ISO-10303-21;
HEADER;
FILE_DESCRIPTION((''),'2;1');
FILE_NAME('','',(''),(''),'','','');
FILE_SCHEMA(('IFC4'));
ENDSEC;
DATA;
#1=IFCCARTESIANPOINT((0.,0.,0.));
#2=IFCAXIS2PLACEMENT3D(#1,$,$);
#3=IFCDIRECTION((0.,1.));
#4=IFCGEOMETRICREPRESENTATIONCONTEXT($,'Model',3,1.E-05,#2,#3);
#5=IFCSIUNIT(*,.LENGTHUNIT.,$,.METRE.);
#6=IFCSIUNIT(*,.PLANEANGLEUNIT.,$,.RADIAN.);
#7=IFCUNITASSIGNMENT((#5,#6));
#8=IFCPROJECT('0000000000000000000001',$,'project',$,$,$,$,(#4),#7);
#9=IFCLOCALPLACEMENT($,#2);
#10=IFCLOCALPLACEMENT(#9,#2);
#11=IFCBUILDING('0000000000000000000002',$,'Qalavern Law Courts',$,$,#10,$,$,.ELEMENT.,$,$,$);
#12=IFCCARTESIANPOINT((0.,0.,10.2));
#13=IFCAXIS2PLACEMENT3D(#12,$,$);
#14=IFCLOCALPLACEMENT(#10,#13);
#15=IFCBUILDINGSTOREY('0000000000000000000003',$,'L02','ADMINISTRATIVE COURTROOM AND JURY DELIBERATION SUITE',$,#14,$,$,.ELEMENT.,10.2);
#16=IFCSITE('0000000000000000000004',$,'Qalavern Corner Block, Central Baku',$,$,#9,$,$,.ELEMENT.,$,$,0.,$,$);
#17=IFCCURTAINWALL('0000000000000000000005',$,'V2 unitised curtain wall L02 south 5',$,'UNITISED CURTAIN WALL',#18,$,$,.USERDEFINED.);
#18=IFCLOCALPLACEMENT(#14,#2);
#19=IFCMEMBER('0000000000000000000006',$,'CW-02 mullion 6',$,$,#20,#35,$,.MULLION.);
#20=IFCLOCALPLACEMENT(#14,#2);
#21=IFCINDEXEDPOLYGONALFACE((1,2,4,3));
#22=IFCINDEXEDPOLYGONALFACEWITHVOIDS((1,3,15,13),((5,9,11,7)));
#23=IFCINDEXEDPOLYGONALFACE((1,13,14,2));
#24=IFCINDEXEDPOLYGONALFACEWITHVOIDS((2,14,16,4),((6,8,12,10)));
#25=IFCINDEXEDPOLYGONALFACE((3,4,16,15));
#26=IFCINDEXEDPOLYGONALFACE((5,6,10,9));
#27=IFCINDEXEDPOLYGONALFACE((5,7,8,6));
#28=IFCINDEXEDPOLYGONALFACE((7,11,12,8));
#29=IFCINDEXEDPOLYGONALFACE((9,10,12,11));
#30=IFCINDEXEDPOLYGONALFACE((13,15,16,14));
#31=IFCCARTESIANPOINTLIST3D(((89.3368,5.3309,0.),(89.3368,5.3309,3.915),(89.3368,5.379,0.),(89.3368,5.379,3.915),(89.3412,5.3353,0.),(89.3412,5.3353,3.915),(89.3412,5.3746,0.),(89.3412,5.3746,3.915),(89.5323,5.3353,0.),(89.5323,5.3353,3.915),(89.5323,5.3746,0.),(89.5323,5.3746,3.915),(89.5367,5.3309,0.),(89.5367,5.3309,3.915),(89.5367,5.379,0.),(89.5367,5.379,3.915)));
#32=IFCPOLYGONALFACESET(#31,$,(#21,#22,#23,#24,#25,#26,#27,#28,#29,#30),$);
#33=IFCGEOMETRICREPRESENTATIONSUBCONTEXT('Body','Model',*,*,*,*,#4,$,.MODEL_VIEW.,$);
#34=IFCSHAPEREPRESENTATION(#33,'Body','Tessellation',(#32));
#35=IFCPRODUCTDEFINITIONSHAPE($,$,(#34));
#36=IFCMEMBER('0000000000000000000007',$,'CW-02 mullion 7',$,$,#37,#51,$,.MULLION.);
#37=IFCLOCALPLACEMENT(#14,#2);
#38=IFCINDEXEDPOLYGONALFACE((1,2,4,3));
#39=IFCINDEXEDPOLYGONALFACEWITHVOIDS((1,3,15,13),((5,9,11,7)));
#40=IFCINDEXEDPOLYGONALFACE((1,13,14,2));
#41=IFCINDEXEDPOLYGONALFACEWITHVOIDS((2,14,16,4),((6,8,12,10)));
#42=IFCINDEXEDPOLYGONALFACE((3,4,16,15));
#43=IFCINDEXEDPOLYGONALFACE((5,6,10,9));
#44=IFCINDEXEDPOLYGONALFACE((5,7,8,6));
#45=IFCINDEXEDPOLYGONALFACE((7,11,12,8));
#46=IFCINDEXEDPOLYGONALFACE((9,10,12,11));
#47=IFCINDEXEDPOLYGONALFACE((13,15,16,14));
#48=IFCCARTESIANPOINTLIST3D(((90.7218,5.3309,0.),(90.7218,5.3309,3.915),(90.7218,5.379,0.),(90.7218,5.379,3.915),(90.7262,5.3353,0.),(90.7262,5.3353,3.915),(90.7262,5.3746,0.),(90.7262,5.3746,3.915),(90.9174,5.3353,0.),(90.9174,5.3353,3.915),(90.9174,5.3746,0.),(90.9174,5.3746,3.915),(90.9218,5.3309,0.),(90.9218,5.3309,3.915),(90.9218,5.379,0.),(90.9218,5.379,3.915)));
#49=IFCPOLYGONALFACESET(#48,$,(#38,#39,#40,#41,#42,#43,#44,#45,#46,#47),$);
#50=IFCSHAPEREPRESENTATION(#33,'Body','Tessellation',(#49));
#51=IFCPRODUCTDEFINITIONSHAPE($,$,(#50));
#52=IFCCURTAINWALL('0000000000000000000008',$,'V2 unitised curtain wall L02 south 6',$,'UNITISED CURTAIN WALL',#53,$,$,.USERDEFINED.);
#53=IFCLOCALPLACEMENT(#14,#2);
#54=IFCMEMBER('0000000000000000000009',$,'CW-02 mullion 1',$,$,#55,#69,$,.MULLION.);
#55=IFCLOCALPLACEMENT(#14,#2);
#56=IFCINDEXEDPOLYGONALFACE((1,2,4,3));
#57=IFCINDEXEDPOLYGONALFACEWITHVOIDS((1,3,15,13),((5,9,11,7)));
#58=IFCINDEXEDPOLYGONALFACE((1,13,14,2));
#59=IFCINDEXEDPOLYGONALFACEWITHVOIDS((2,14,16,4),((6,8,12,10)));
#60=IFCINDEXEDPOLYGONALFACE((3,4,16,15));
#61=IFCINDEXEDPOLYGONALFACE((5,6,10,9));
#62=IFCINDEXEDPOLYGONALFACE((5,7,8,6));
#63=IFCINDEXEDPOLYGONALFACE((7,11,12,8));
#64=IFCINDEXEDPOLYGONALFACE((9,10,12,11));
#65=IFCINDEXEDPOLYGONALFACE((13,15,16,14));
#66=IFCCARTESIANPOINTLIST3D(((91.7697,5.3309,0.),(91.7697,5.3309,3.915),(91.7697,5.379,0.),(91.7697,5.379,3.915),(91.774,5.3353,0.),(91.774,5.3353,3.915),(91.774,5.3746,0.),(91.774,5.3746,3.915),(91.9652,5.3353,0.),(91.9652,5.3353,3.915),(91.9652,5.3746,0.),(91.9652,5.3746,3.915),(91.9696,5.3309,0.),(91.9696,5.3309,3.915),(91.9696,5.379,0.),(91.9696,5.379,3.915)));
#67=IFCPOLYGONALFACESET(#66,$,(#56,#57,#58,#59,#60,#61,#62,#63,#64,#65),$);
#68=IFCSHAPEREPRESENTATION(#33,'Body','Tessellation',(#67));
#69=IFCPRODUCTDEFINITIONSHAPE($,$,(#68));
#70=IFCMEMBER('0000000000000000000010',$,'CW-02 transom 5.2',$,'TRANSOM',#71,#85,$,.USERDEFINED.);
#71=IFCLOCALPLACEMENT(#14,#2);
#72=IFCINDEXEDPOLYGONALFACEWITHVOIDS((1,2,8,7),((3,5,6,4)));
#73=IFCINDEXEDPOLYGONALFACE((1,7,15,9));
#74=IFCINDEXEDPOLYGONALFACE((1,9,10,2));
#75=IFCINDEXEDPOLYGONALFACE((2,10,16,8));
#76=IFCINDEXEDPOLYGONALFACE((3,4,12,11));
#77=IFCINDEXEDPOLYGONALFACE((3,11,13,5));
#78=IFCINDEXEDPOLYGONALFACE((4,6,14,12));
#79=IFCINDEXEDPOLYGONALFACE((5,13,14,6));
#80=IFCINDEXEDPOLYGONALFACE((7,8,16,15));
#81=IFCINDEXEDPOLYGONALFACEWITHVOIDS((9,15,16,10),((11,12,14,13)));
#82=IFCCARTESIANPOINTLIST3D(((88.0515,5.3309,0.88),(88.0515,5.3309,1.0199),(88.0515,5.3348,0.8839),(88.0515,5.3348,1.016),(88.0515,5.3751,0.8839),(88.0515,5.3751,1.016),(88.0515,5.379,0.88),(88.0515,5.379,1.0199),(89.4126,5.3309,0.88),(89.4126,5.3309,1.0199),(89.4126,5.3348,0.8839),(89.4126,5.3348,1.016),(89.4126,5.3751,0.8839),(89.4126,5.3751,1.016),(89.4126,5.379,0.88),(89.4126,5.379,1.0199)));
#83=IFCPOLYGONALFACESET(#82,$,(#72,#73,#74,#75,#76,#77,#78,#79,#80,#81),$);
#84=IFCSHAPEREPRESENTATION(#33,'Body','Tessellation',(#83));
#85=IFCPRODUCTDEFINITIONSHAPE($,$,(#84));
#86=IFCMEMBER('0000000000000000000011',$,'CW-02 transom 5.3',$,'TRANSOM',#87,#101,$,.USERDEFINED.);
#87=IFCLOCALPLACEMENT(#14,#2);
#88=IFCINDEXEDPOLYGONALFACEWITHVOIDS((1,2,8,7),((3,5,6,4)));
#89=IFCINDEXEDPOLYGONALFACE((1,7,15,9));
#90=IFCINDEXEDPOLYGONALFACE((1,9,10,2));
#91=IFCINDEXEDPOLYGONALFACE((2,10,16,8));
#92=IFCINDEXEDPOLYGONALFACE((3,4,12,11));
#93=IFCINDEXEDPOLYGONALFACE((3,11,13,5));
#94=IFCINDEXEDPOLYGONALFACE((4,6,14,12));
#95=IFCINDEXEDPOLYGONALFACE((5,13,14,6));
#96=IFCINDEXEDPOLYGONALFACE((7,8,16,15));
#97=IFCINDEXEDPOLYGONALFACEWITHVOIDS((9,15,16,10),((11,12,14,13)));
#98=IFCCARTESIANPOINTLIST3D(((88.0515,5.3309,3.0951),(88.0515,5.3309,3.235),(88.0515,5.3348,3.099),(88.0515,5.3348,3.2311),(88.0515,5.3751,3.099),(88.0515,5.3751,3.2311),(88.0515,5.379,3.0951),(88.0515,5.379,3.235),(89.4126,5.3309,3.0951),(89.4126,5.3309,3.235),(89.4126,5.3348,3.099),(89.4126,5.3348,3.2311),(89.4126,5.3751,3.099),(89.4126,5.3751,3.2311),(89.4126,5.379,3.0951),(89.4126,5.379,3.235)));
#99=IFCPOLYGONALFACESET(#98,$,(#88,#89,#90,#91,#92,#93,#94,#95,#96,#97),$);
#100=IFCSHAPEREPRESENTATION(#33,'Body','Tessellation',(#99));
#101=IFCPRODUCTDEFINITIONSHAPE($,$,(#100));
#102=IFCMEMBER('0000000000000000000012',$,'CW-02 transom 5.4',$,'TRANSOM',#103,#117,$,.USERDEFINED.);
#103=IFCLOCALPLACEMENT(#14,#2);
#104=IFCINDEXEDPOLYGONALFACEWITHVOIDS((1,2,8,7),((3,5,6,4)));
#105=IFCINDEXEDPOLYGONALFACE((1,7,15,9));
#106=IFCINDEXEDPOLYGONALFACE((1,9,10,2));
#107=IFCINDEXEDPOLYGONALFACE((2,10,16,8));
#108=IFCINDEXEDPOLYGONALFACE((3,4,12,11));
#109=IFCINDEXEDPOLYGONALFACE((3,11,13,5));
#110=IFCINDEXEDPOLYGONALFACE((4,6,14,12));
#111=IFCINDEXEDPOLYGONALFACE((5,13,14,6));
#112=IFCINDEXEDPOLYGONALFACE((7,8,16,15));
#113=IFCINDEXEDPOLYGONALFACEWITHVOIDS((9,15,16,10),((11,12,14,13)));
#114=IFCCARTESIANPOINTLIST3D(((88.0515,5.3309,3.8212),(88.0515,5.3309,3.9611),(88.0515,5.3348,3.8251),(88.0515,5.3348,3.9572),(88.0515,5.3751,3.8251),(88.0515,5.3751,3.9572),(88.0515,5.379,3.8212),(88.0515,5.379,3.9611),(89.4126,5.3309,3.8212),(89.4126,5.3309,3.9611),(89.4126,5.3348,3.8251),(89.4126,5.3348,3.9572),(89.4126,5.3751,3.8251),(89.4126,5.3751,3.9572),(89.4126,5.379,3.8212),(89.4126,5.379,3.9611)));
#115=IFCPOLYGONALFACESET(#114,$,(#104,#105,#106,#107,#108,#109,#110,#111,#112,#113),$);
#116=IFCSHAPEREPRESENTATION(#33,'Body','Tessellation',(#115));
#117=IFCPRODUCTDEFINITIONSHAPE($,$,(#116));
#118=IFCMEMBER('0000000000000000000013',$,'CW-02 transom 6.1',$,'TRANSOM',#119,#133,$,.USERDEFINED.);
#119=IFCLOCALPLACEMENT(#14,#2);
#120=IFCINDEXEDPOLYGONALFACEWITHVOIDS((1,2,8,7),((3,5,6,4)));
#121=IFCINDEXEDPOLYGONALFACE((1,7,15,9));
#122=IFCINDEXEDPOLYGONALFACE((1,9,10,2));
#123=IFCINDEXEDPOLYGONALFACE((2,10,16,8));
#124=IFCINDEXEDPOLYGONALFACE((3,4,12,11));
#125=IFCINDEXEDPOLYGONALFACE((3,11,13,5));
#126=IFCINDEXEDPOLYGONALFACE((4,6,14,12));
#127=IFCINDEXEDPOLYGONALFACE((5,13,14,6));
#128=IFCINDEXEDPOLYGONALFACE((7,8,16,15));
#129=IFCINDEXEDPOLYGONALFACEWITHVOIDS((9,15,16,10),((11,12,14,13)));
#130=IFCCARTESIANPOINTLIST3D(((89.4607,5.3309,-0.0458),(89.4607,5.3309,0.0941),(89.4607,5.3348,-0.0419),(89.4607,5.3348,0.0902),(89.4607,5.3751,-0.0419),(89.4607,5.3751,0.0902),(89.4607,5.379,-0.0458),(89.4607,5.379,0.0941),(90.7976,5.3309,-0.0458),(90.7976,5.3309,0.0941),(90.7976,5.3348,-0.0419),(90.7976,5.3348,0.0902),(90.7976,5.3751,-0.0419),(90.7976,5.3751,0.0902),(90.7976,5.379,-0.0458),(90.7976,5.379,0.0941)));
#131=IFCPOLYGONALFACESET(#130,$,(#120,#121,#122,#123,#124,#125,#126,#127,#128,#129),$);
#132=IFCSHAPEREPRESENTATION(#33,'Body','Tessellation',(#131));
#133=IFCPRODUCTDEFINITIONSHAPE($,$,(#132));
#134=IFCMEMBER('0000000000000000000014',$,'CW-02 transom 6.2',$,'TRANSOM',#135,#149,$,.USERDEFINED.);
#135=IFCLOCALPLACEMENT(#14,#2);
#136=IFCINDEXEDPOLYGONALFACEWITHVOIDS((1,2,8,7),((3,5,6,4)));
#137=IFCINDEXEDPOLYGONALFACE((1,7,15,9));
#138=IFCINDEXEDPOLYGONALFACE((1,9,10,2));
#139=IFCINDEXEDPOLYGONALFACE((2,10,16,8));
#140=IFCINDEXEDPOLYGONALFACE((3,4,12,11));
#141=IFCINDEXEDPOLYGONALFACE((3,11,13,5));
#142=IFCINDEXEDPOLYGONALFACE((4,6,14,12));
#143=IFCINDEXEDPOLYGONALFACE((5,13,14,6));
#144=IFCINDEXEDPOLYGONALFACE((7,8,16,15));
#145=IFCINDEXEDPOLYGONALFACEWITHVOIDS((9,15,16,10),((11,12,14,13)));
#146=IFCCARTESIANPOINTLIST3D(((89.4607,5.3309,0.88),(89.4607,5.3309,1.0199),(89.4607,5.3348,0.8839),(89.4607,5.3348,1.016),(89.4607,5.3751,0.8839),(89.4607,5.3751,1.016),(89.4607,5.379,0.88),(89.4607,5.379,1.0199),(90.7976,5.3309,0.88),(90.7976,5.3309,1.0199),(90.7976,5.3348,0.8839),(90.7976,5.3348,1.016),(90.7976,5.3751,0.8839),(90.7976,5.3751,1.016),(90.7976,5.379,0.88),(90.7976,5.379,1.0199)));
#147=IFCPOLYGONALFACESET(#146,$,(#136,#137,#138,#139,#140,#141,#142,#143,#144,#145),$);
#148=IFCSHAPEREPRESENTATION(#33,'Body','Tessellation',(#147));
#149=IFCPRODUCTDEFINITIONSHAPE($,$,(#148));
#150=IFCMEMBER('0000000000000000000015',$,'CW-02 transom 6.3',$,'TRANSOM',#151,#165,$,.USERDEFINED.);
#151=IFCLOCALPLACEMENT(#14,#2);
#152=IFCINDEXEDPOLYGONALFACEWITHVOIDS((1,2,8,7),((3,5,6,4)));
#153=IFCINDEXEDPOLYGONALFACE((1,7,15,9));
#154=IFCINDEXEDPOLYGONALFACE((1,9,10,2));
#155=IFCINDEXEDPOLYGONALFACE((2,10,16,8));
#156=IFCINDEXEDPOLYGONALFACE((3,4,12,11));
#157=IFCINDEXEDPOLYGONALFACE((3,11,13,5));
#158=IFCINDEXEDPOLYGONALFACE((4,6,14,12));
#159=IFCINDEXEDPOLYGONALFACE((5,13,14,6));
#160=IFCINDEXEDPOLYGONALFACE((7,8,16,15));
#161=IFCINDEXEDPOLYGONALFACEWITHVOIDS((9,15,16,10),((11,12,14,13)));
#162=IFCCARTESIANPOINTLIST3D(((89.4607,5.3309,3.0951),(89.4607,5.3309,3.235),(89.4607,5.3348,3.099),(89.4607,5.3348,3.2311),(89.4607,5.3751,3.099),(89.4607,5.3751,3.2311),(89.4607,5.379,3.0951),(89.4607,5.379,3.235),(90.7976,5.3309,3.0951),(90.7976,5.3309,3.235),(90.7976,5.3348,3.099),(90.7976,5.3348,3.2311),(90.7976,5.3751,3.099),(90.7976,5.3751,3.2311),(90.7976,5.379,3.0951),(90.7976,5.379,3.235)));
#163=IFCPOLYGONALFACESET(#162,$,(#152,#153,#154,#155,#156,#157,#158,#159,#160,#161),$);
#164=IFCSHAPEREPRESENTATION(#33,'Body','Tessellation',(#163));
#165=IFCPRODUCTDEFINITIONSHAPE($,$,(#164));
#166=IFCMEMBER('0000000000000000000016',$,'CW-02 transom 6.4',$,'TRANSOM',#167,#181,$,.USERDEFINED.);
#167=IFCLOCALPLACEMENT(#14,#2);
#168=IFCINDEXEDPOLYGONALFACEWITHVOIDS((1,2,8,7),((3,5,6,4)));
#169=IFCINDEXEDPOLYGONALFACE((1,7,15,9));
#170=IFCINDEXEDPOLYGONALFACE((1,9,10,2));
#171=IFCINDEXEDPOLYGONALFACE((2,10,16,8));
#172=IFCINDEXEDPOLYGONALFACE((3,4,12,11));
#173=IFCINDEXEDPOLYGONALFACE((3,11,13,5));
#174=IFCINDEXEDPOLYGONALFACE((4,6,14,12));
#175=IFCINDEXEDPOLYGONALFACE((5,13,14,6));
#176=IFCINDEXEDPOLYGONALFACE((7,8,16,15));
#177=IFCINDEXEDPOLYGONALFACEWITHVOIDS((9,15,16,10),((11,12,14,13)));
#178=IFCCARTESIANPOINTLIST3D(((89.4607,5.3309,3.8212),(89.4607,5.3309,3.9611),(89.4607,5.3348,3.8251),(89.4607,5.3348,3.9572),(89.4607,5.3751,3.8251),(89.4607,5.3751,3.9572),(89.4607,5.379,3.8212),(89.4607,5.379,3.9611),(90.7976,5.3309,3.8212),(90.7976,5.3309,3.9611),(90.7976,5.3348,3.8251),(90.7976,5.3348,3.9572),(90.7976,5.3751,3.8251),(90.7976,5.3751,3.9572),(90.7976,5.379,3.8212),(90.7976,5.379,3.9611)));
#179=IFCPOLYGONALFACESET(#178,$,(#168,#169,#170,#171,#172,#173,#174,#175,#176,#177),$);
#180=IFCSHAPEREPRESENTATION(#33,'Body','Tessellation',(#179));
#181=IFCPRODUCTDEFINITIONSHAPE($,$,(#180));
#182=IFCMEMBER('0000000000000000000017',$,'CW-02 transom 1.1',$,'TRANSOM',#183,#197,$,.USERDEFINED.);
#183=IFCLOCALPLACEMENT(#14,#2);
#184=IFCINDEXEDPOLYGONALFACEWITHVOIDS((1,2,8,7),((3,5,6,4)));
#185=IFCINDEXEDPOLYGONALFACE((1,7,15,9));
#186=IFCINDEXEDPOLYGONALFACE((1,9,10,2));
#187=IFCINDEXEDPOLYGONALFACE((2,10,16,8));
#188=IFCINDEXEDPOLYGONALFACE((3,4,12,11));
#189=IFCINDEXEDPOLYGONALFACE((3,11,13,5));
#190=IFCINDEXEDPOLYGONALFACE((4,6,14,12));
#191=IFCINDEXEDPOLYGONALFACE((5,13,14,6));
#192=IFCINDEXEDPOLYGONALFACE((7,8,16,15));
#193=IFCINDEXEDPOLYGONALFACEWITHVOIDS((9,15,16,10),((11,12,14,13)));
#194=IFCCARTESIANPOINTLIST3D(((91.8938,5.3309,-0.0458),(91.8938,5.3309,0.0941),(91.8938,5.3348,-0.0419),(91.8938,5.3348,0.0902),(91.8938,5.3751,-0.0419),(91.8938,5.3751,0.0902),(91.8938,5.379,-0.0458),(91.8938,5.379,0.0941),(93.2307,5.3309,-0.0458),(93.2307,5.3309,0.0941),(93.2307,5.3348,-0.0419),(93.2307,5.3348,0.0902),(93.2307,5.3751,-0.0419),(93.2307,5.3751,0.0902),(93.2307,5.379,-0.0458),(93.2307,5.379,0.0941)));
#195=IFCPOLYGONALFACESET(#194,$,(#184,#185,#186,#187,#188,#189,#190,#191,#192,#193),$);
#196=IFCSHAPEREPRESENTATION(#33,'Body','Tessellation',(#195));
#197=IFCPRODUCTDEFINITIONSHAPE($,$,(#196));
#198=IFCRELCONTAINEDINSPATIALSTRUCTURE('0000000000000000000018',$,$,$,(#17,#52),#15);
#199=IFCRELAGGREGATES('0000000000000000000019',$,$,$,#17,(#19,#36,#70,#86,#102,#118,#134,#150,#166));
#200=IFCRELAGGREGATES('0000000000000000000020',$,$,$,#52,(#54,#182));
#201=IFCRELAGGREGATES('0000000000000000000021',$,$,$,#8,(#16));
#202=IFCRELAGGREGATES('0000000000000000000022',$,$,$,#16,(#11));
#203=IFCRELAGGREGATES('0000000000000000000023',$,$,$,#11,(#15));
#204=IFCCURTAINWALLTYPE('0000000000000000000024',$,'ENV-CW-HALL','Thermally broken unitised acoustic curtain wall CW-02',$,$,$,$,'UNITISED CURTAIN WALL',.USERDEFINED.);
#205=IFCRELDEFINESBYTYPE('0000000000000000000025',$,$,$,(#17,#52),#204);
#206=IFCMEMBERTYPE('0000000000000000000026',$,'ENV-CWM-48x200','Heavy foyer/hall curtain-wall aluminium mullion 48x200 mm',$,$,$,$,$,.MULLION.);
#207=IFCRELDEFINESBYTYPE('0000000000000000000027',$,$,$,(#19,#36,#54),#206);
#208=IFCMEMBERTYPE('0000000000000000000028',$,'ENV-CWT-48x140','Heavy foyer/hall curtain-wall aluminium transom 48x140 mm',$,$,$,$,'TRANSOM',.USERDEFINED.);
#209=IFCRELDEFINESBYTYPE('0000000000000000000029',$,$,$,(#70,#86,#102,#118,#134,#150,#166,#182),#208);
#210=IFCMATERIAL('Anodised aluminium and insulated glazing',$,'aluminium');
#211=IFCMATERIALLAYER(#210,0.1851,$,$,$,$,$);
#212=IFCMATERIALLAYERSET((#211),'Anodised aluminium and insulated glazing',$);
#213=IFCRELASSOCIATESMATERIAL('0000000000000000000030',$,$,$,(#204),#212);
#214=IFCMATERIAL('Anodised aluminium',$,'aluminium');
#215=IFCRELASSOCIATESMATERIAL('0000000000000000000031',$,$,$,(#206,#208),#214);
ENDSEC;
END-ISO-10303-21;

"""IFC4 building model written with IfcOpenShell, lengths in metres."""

from ifc_helpers import new_model, si_unit, direction, frame, origin, origin_2d, place, context, subcontext, project, spatial, hollow_rectangle, extrude, material, layer, layer_set, material_profile, profile_set, type_object, element, aggregate, save


model = new_model("IFC4")

# Units and contexts
model_context = context("Model", 3, precision=1e-05, world=origin(), true_north=direction((0.0, 1.0)))
body_context = subcontext(model_context, "Body", "Model", "MODEL_VIEW")
ifc_project = project(units=[si_unit("LENGTHUNIT", "METRE"), si_unit("PLANEANGLEUNIT", "RADIAN")], contexts=[model_context])

# Site, building, storey
site_placement = place(None, origin())
site = spatial("IfcSite", under=ifc_project, at=site_placement, Name="Qalavern Corner Block, Central Baku", CompositionType="ELEMENT", RefElevation=0.0)
building_placement = place(site_placement, origin())
building = spatial("IfcBuilding", under=site, at=building_placement, Name="Qalavern Law Courts", CompositionType="ELEMENT")
storey_placement = place(building_placement, frame((0.0, 0.0, 10.2)))
storey = spatial("IfcBuildingStorey", under=building, at=storey_placement, Name="L02", Description="ADMINISTRATIVE COURTROOM AND JURY DELIBERATION SUITE", CompositionType="ELEMENT", Elevation=10.2)

# Curtain wall, members
ifc_material_1 = material(Name="Anodised aluminium and insulated glazing", Category="aluminium")
ifc_layer_1 = layer(ifc_material_1, 0.1851)
ifc_layer_set_1 = layer_set([ifc_layer_1], Name="Anodised aluminium and insulated glazing")
curtain_wall_type = type_object("IfcCurtainWallType", Name="ENV-CW-HALL", Description="Thermally broken unitised acoustic curtain wall CW-02", ElementType="UNITISED CURTAIN WALL", PredefinedType="USERDEFINED", material=ifc_layer_set_1)
curtain_wall_1_placement = place(storey_placement, origin())
curtain_wall_1 = element("IfcCurtainWall", 1, at=curtain_wall_1_placement, inside=storey, type_object=curtain_wall_type, Name="V2 unitised curtain wall L02 south 5", ObjectType="UNITISED CURTAIN WALL", PredefinedType="USERDEFINED")
ifc_material_2 = material(Name="Anodised aluminium", Category="aluminium")
ifc_material_profile_1 = material_profile(ifc_material_2, hollow_rectangle(XDim=0.0481, YDim=0.2, WallThickness=0.0044, at=origin_2d()), Name="ALU MULLION 48x200")
ifc_profile_set_1 = profile_set([ifc_material_profile_1], Name="Anodised aluminium")
member_type_1 = type_object("IfcMemberType", Name="ENV-CWM-48x200", Description="Heavy foyer/hall curtain-wall aluminium mullion 48x200 mm", PredefinedType="MULLION", material=ifc_profile_set_1)
member_1_placement = place(storey_placement, frame((89.4368, 5.355, 0.0), z_axis=(0.0, 0.0, 1.0), x_axis=(0.0, 1.0, 0.0)))
member_1 = element("IfcMember", 2, at=member_1_placement, type_object=member_type_1, Name="CW-02 mullion 6", PredefinedType="MULLION", context=body_context, shape_type="SweptSolid", body=[
    extrude(hollow_rectangle(XDim=0.0481, YDim=0.2, WallThickness=0.0044, at=origin_2d()), origin(), (0.0, 0.0, 1.0), 3.915),
])
member_2_placement = place(storey_placement, frame((90.8218, 5.355, 0.0), z_axis=(0.0, 0.0, 1.0), x_axis=(0.0, 1.0, 0.0)))
member_2 = element("IfcMember", 3, at=member_2_placement, type_object=member_type_1, Name="CW-02 mullion 7", PredefinedType="MULLION", context=body_context, shape_type="SweptSolid", body=[
    extrude(hollow_rectangle(XDim=0.0481, YDim=0.2, WallThickness=0.0044, at=origin_2d()), origin(), (0.0, 0.0, 1.0), 3.915),
])

# Curtain wall, member
curtain_wall_2_placement = place(storey_placement, origin())
curtain_wall_2 = element("IfcCurtainWall", 4, at=curtain_wall_2_placement, inside=storey, type_object=curtain_wall_type, Name="V2 unitised curtain wall L02 south 6", ObjectType="UNITISED CURTAIN WALL", PredefinedType="USERDEFINED")
member_3_placement = place(storey_placement, frame((91.8696, 5.355, 0.0), z_axis=(0.0, 0.0, 1.0), x_axis=(0.0, 1.0, 0.0)))
member_3 = element("IfcMember", 5, at=member_3_placement, type_object=member_type_1, Name="CW-02 mullion 1", PredefinedType="MULLION", context=body_context, shape_type="SweptSolid", body=[
    extrude(hollow_rectangle(XDim=0.0481, YDim=0.2, WallThickness=0.0044, at=origin_2d()), origin(), (0.0, 0.0, 1.0), 3.915),
])

# Members
ifc_material_profile_2 = material_profile(ifc_material_2, hollow_rectangle(XDim=0.0481, YDim=0.1399, WallThickness=0.0039, at=origin_2d()), Name="ALU TRANSOM 48x140")
ifc_profile_set_2 = profile_set([ifc_material_profile_2], Name="Anodised aluminium")
member_type_2 = type_object("IfcMemberType", Name="ENV-CWT-48x140", Description="Heavy foyer/hall curtain-wall aluminium transom 48x140 mm", ElementType="TRANSOM", PredefinedType="USERDEFINED", material=ifc_profile_set_2)
member_4_placement = place(storey_placement, frame((88.0515, 5.355, 0.95), z_axis=(1.0, 0.0, 0.0), x_axis=(0.0, 1.0, 0.0)))
member_4 = element("IfcMember", 6, at=member_4_placement, type_object=member_type_2, Name="CW-02 transom 5.2", ObjectType="TRANSOM", PredefinedType="USERDEFINED", context=body_context, shape_type="SweptSolid", body=[
    extrude(hollow_rectangle(XDim=0.0481, YDim=0.1399, WallThickness=0.0039, at=origin_2d()), origin(), (0.0, 0.0, 1.0), 1.3611),
])
member_5_placement = place(storey_placement, frame((88.0515, 5.355, 3.165), z_axis=(1.0, 0.0, 0.0), x_axis=(0.0, 1.0, 0.0)))
member_5 = element("IfcMember", 7, at=member_5_placement, type_object=member_type_2, Name="CW-02 transom 5.3", ObjectType="TRANSOM", PredefinedType="USERDEFINED", context=body_context, shape_type="SweptSolid", body=[
    extrude(hollow_rectangle(XDim=0.0481, YDim=0.1399, WallThickness=0.0039, at=origin_2d()), origin(), (0.0, 0.0, 1.0), 1.3611),
])
member_6_placement = place(storey_placement, frame((88.0515, 5.355, 3.8911), z_axis=(1.0, 0.0, 0.0), x_axis=(0.0, 1.0, 0.0)))
member_6 = element("IfcMember", 8, at=member_6_placement, type_object=member_type_2, Name="CW-02 transom 5.4", ObjectType="TRANSOM", PredefinedType="USERDEFINED", context=body_context, shape_type="SweptSolid", body=[
    extrude(hollow_rectangle(XDim=0.0481, YDim=0.1399, WallThickness=0.0039, at=origin_2d()), origin(), (0.0, 0.0, 1.0), 1.3611),
])
member_7_placement = place(storey_placement, frame((89.4607, 5.355, 0.0242), z_axis=(1.0, 0.0, 0.0), x_axis=(0.0, 1.0, 0.0)))
member_7 = element("IfcMember", 9, at=member_7_placement, type_object=member_type_2, Name="CW-02 transom 6.1", ObjectType="TRANSOM", PredefinedType="USERDEFINED", context=body_context, shape_type="SweptSolid", body=[
    extrude(hollow_rectangle(XDim=0.0481, YDim=0.1399, WallThickness=0.0039, at=origin_2d()), origin(), (0.0, 0.0, 1.0), 1.3369),
])
member_8_placement = place(storey_placement, frame((89.4607, 5.355, 0.95), z_axis=(1.0, 0.0, 0.0), x_axis=(0.0, 1.0, 0.0)))
member_8 = element("IfcMember", 10, at=member_8_placement, type_object=member_type_2, Name="CW-02 transom 6.2", ObjectType="TRANSOM", PredefinedType="USERDEFINED", context=body_context, shape_type="SweptSolid", body=[
    extrude(hollow_rectangle(XDim=0.0481, YDim=0.1399, WallThickness=0.0039, at=origin_2d()), origin(), (0.0, 0.0, 1.0), 1.3369),
])
member_9_placement = place(storey_placement, frame((89.4607, 5.355, 3.165), z_axis=(1.0, 0.0, 0.0), x_axis=(0.0, 1.0, 0.0)))
member_9 = element("IfcMember", 11, at=member_9_placement, type_object=member_type_2, Name="CW-02 transom 6.3", ObjectType="TRANSOM", PredefinedType="USERDEFINED", context=body_context, shape_type="SweptSolid", body=[
    extrude(hollow_rectangle(XDim=0.0481, YDim=0.1399, WallThickness=0.0039, at=origin_2d()), origin(), (0.0, 0.0, 1.0), 1.3369),
])
member_10_placement = place(storey_placement, frame((89.4607, 5.355, 3.8911), z_axis=(1.0, 0.0, 0.0), x_axis=(0.0, 1.0, 0.0)))
member_10 = element("IfcMember", 12, at=member_10_placement, type_object=member_type_2, Name="CW-02 transom 6.4", ObjectType="TRANSOM", PredefinedType="USERDEFINED", context=body_context, shape_type="SweptSolid", body=[
    extrude(hollow_rectangle(XDim=0.0481, YDim=0.1399, WallThickness=0.0039, at=origin_2d()), origin(), (0.0, 0.0, 1.0), 1.3369),
])
member_11_placement = place(storey_placement, frame((91.8938, 5.355, 0.0242), z_axis=(1.0, 0.0, 0.0), x_axis=(0.0, 1.0, 0.0)))
member_11 = element("IfcMember", 13, at=member_11_placement, type_object=member_type_2, Name="CW-02 transom 1.1", ObjectType="TRANSOM", PredefinedType="USERDEFINED", context=body_context, shape_type="SweptSolid", body=[
    extrude(hollow_rectangle(XDim=0.0481, YDim=0.1399, WallThickness=0.0039, at=origin_2d()), origin(), (0.0, 0.0, 1.0), 1.3369),
])

aggregate(curtain_wall_1, [member_1, member_2, member_4, member_5, member_6, member_7, member_8, member_9, member_10])
aggregate(curtain_wall_2, [member_3, member_11])

save(model, "model.ifc")
